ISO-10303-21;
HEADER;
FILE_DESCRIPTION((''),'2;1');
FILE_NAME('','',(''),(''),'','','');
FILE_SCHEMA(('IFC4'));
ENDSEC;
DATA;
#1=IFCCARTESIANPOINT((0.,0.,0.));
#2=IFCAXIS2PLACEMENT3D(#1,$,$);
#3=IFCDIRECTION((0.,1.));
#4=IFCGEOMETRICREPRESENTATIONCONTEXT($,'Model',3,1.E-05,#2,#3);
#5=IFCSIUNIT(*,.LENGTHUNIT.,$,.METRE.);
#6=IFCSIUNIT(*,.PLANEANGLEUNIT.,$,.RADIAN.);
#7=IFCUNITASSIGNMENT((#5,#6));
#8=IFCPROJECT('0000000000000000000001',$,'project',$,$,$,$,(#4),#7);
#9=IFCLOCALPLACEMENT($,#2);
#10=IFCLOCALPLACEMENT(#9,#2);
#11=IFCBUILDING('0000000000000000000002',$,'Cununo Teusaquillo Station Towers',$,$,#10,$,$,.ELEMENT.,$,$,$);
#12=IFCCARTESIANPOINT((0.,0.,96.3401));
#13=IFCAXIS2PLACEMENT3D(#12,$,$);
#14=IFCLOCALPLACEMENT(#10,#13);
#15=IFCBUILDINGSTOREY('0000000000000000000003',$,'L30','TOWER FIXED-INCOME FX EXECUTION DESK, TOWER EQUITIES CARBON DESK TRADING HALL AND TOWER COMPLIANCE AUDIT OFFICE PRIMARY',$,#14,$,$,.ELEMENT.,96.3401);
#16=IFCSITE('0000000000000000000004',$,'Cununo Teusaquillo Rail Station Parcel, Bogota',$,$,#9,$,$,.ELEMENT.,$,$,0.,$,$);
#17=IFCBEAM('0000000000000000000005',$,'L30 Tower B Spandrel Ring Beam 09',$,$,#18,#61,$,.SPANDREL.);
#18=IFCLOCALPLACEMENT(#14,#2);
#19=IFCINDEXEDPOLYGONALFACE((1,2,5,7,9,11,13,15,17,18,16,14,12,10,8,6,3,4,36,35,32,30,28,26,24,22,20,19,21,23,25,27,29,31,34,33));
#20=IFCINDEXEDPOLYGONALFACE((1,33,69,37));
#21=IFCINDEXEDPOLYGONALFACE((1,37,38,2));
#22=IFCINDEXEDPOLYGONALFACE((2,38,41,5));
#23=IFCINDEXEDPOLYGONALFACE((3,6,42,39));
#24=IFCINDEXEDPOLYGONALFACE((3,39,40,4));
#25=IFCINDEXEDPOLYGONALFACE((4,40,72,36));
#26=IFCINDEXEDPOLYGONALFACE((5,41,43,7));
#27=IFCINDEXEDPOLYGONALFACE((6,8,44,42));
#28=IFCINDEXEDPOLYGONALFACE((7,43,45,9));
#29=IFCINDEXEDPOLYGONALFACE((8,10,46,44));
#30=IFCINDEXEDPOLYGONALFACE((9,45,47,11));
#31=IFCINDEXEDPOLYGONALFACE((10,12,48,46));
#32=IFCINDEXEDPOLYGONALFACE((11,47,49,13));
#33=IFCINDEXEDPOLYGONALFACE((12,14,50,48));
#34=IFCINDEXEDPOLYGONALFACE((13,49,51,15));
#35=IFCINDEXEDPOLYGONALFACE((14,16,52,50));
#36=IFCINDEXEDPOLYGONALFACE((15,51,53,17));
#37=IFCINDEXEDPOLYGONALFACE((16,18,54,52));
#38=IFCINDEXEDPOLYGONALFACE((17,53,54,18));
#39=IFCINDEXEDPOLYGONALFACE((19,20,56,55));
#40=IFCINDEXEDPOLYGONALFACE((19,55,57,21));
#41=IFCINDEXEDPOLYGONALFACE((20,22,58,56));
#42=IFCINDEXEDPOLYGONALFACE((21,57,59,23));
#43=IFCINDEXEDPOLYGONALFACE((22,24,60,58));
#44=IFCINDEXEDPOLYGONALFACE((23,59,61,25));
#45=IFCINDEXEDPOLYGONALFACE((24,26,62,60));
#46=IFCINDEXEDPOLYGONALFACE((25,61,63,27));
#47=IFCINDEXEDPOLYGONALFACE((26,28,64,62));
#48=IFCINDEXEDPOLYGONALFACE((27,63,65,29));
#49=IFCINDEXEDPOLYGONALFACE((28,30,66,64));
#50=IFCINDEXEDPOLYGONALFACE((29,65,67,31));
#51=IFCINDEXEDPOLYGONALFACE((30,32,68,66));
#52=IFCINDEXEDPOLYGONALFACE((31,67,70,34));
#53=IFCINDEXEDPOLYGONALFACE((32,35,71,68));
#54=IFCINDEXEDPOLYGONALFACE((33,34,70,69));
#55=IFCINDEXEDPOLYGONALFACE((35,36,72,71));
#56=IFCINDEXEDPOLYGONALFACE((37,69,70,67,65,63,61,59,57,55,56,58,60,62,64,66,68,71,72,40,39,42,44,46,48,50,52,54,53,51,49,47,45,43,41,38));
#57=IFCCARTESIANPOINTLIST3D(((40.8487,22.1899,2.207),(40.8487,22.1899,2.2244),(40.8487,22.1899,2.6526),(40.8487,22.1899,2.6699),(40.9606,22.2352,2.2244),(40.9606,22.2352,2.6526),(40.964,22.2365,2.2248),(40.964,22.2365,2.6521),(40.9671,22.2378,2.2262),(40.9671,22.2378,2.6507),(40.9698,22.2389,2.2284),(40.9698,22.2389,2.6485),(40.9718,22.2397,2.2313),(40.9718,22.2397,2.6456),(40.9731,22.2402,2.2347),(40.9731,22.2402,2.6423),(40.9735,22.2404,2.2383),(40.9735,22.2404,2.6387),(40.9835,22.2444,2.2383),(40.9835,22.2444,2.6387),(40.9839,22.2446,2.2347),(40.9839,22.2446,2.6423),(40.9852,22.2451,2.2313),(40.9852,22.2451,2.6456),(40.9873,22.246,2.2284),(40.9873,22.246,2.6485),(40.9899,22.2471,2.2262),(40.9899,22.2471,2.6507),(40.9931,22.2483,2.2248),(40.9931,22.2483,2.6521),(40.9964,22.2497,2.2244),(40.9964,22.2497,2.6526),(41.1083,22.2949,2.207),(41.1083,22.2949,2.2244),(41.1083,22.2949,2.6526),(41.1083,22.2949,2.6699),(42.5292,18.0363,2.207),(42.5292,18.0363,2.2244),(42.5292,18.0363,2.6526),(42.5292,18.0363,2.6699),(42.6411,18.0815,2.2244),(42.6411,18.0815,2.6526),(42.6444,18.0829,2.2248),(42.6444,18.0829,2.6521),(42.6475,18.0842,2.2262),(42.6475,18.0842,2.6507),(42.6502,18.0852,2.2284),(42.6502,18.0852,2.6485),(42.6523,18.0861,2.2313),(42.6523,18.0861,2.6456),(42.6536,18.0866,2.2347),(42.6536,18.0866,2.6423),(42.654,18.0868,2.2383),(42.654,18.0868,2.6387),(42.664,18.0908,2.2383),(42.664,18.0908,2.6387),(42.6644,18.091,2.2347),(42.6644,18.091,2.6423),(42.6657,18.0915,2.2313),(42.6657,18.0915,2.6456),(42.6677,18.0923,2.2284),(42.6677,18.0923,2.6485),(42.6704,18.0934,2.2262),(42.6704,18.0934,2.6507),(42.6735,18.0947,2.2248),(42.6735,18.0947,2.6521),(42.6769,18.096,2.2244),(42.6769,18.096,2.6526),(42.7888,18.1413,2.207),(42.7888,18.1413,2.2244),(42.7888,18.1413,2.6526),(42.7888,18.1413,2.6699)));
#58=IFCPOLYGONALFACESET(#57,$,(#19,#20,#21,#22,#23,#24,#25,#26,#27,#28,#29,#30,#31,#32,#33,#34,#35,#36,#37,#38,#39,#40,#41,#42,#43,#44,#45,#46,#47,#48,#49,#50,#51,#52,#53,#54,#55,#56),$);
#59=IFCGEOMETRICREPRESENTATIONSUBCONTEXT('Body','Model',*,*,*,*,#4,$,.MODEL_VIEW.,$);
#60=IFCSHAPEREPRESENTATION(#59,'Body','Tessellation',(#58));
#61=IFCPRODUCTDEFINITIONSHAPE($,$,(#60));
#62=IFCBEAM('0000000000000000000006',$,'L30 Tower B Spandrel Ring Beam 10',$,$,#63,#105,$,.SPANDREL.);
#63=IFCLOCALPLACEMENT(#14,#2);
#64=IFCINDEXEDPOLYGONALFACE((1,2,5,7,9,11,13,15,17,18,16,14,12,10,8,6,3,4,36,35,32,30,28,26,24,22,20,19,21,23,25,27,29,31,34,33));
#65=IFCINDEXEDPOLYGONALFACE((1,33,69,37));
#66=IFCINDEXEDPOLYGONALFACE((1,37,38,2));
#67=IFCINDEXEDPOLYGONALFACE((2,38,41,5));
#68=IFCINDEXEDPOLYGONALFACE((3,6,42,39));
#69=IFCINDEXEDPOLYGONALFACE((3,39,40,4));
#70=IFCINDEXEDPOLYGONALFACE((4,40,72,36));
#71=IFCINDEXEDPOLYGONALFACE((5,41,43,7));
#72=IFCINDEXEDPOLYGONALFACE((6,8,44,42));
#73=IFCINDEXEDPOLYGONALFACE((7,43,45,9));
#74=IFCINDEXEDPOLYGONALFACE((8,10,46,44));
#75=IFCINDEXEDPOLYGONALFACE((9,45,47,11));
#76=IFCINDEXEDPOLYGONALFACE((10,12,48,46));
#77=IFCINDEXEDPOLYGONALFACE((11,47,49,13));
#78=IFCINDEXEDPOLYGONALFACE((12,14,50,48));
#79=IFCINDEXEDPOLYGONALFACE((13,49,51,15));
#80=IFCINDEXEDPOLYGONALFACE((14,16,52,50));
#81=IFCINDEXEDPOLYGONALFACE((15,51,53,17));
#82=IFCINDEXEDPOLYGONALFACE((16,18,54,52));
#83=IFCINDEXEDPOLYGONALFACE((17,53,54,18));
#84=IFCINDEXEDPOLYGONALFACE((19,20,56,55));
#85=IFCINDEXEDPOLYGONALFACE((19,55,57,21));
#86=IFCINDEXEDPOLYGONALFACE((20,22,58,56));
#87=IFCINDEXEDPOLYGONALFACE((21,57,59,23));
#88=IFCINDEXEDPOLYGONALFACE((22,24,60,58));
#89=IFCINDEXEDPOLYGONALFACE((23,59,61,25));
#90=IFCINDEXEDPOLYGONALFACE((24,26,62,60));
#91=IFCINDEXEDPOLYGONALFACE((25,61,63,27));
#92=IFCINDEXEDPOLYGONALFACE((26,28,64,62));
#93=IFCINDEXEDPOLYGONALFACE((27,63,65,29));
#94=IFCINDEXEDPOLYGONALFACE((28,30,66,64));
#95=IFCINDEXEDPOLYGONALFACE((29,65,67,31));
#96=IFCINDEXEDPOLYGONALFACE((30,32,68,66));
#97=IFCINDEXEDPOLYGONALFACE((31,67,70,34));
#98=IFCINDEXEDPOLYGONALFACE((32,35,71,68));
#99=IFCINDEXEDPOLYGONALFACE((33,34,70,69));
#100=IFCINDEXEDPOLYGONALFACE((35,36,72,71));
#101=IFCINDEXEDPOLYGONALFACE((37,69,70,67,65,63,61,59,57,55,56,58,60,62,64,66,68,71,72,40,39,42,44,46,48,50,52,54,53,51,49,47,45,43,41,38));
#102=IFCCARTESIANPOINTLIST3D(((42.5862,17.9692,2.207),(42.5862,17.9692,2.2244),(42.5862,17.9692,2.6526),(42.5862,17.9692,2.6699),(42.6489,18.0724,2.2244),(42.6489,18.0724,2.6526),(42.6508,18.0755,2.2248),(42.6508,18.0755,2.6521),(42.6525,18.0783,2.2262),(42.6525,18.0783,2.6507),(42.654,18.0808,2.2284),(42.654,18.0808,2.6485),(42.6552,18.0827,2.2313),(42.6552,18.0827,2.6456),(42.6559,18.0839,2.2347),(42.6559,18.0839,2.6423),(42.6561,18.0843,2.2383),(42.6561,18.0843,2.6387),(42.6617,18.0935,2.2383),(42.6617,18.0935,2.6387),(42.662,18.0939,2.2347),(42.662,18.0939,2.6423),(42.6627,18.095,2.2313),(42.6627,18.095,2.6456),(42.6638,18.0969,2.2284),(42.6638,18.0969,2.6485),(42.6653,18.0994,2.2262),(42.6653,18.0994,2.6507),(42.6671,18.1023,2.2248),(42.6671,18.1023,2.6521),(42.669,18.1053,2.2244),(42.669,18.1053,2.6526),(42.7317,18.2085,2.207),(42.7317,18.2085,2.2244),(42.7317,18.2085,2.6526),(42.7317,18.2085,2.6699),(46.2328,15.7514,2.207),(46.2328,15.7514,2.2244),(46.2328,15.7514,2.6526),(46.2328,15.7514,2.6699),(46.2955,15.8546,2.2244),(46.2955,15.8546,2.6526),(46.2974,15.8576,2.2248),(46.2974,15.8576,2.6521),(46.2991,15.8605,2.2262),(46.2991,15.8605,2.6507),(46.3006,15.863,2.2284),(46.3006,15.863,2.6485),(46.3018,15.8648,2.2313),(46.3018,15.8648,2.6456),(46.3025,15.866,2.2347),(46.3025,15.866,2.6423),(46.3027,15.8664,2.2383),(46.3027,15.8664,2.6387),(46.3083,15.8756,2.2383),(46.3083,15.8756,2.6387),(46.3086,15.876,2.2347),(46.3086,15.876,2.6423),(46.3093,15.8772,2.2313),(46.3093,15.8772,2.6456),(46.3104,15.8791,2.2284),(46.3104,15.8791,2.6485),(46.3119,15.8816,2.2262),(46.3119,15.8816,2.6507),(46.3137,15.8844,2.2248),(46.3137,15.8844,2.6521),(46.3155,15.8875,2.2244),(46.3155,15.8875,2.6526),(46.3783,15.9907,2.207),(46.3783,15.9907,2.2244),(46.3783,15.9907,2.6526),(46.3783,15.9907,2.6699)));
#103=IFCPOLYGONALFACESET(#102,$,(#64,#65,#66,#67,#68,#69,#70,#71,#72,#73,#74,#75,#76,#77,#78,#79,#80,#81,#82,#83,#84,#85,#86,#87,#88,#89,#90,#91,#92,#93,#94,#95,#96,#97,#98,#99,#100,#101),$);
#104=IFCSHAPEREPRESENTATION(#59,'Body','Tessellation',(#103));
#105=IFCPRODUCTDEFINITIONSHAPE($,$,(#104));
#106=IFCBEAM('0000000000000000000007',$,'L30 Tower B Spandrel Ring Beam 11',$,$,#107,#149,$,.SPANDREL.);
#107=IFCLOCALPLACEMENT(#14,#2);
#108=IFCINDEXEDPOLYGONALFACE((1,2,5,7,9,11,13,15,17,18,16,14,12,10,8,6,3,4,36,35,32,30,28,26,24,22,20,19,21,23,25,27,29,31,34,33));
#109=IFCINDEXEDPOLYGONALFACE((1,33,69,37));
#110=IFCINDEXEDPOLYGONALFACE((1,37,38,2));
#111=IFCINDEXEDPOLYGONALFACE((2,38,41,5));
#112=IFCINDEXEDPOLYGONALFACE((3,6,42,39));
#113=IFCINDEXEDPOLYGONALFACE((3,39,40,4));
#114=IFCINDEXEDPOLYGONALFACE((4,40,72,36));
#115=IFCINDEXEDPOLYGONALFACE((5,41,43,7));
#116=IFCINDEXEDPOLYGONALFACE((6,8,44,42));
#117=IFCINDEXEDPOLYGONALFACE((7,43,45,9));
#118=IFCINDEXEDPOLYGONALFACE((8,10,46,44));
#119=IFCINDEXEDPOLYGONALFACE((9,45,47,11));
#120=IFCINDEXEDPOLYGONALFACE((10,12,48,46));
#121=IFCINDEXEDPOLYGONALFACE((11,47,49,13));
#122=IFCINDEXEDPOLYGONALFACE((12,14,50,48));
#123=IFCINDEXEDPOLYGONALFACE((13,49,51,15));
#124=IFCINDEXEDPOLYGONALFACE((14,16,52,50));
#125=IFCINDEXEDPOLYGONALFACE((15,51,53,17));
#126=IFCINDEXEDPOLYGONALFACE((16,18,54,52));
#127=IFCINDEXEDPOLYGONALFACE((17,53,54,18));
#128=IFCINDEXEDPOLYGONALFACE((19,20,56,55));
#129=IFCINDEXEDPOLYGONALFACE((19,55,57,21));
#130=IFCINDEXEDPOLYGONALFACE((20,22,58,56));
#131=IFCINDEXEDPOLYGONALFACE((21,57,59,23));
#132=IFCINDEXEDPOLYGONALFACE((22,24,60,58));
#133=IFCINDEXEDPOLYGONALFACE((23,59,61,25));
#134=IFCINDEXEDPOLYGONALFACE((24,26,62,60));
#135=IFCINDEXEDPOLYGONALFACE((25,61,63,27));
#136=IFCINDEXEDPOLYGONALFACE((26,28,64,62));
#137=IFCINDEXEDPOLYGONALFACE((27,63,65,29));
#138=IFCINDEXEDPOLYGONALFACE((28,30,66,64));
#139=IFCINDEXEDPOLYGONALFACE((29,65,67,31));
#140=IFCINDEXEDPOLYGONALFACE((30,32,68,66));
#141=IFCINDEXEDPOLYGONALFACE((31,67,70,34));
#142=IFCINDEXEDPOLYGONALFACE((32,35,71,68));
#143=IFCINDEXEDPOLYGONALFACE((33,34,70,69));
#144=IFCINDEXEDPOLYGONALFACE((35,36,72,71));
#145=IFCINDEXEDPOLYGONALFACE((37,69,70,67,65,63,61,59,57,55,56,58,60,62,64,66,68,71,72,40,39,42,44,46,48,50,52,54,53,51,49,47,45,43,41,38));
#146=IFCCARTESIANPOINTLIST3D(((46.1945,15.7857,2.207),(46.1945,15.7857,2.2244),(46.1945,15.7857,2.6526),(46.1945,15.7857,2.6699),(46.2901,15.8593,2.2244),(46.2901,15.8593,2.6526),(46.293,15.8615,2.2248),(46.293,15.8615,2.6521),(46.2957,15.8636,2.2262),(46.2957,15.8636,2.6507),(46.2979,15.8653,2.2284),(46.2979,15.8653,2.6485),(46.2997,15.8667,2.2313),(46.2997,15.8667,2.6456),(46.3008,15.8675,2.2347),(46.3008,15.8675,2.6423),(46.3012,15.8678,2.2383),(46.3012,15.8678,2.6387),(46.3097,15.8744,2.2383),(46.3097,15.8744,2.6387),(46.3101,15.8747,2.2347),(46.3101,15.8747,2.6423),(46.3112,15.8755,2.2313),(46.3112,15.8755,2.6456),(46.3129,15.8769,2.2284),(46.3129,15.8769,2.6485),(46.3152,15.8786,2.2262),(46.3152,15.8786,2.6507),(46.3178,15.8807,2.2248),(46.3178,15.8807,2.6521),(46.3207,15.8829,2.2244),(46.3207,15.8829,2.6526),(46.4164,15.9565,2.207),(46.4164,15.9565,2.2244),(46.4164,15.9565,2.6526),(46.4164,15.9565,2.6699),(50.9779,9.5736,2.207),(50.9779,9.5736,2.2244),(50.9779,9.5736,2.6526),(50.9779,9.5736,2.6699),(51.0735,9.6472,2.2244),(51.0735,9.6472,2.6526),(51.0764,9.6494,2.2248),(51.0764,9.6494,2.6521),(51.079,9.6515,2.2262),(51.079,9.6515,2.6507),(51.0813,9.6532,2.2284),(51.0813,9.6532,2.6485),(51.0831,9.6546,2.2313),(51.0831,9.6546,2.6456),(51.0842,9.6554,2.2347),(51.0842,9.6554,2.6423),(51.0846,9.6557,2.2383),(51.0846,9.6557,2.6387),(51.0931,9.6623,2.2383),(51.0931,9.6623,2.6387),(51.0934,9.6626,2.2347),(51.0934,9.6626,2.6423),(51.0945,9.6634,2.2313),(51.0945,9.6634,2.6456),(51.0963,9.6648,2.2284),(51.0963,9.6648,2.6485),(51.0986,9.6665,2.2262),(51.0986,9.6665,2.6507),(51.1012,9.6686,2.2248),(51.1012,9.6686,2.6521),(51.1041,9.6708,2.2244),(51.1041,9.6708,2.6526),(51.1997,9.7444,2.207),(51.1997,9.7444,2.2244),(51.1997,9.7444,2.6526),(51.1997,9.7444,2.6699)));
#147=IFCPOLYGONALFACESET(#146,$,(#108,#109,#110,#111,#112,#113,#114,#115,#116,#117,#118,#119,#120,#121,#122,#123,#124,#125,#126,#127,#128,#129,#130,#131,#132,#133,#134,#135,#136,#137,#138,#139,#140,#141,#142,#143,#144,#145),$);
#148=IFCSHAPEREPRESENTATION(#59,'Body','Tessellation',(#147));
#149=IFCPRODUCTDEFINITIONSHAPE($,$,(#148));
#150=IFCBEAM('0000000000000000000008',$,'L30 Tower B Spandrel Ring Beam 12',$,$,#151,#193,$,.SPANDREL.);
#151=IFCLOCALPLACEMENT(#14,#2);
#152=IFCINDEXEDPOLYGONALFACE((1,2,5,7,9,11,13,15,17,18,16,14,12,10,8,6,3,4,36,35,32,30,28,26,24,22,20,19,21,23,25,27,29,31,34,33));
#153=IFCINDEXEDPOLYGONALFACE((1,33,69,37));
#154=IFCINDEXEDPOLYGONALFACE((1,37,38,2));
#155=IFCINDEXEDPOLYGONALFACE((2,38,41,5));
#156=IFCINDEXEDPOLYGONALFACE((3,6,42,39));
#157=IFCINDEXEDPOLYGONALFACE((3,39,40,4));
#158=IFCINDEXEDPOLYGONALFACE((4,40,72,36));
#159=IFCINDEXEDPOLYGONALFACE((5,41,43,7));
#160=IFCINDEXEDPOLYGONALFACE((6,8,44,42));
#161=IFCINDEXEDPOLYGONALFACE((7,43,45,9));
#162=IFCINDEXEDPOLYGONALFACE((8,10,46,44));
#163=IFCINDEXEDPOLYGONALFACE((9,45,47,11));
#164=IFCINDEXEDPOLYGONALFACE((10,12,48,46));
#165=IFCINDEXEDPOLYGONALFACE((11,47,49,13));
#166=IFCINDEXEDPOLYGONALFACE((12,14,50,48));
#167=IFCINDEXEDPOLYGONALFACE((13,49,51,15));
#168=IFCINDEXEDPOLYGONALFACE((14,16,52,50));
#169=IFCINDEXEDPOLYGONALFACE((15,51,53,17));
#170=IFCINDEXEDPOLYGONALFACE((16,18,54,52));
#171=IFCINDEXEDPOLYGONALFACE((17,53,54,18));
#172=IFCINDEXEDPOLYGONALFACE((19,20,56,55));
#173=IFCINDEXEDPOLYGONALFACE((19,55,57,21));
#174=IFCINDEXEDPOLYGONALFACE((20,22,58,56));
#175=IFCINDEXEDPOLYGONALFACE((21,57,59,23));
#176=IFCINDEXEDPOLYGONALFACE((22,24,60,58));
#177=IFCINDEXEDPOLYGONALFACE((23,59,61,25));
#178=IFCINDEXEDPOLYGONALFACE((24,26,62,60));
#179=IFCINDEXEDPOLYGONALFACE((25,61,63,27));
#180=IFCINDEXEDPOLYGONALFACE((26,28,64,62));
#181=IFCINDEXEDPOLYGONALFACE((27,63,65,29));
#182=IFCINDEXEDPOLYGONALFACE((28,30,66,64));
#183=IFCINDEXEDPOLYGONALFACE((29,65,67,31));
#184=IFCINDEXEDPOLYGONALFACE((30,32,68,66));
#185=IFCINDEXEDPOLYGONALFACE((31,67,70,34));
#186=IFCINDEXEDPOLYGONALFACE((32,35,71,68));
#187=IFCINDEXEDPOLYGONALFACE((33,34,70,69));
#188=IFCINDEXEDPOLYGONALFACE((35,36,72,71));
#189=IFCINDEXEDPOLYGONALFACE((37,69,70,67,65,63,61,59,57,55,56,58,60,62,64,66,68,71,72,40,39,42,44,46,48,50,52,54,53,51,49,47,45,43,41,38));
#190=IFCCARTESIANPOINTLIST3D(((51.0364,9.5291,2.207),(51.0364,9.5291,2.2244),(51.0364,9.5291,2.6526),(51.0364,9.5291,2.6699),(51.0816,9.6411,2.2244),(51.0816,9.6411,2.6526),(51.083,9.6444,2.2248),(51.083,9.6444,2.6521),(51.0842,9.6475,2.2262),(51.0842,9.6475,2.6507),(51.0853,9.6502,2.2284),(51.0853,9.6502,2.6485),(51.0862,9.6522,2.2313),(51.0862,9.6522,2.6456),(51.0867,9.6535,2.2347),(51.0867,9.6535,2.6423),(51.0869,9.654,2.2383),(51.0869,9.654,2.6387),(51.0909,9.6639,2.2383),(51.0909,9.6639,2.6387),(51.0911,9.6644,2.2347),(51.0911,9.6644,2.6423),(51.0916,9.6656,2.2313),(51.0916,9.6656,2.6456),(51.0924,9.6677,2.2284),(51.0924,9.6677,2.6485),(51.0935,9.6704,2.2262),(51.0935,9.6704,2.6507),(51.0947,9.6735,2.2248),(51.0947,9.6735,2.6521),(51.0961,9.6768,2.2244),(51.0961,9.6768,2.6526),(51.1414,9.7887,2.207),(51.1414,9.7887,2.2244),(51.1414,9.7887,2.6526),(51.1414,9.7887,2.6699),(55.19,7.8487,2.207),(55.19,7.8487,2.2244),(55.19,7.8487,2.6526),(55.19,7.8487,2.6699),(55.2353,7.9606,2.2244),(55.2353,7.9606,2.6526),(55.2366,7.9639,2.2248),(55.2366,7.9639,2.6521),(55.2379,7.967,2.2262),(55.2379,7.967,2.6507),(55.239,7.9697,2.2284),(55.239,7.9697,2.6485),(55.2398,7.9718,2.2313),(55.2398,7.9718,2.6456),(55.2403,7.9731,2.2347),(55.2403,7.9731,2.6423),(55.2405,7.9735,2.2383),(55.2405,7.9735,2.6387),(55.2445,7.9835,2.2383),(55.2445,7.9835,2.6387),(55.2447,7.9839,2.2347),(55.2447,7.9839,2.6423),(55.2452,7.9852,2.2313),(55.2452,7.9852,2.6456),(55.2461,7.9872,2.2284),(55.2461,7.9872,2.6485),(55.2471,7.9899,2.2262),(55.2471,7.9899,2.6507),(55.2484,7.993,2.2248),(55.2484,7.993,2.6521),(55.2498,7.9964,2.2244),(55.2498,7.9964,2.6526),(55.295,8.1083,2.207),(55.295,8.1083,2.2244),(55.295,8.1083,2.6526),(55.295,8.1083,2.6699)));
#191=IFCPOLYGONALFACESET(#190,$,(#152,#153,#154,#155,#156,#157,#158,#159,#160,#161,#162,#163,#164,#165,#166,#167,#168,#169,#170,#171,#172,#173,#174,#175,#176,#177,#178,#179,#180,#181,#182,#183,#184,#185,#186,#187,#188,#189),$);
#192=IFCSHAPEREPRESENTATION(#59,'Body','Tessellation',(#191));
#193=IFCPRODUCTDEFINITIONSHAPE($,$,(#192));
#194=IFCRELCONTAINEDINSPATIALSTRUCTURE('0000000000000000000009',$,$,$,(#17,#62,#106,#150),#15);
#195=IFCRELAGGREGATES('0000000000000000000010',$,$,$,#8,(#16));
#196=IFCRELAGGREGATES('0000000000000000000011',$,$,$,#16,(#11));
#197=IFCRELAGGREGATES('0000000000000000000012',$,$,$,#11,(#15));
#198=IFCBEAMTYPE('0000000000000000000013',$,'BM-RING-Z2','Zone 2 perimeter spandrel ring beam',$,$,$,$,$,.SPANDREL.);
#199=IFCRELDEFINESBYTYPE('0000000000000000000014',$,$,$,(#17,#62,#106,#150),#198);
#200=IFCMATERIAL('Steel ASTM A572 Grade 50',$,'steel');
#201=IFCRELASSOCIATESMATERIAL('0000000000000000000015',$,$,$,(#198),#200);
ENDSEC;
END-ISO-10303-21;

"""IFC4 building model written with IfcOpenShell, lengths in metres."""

from ifc_helpers import new_model, si_unit, direction, frame, origin, origin_2d, place, context, subcontext, project, spatial, i_section, extrude, material, material_profile, profile_set, type_object, element, save


model = new_model("IFC4")

# Units and contexts
model_context = context("Model", 3, precision=1e-05, world=origin(), true_north=direction((0.0, 1.0)))
body_context = subcontext(model_context, "Body", "Model", "MODEL_VIEW")
ifc_project = project(units=[si_unit("LENGTHUNIT", "METRE"), si_unit("PLANEANGLEUNIT", "RADIAN")], contexts=[model_context])

# Site, building, storey
site_placement = place(None, origin())
site = spatial("IfcSite", under=ifc_project, at=site_placement, Name="Cununo Teusaquillo Rail Station Parcel, Bogota", CompositionType="ELEMENT", RefElevation=0.0)
building_placement = place(site_placement, origin())
building = spatial("IfcBuilding", under=site, at=building_placement, Name="Cununo Teusaquillo Station Towers", CompositionType="ELEMENT")
storey_placement = place(building_placement, frame((0.0, 0.0, 96.3401)))
storey = spatial("IfcBuildingStorey", under=building, at=storey_placement, Name="L30", Description="TOWER FIXED-INCOME FX EXECUTION DESK, TOWER EQUITIES CARBON DESK TRADING HALL AND TOWER COMPLIANCE AUDIT OFFICE PRIMARY", CompositionType="ELEMENT", Elevation=96.3401)

# Beams
ifc_material_1 = material(Name="Steel ASTM A572 Grade 50", Category="steel")
ifc_material_profile_1 = material_profile(ifc_material_1, i_section(OverallWidth=0.28, OverallDepth=0.4629, WebThickness=0.0107, FlangeThickness=0.0173, FilletRadius=0.0139, at=origin_2d()), Name="W18X76")
ifc_profile_set_1 = profile_set([ifc_material_profile_1], Name="Steel ASTM A572 Grade 50")
beam_type_1 = type_object("IfcBeamType", Name="BM-RING-Z2", Description="Zone 2 perimeter spandrel ring beam", PredefinedType="SPANDREL", material=ifc_profile_set_1)
beam_1_placement = place(storey_placement, frame((40.9785, 22.2424, 2.4385), z_axis=(0.375042, -0.927008, 0.0), x_axis=(0.927008, 0.375042, 0.0)))
element("IfcBeam", 1, at=beam_1_placement, inside=storey, type_object=beam_type_1, Name="L30 Tower B Spandrel Ring Beam 09", PredefinedType="SPANDREL", context=body_context, shape_type="SweptSolid", body=[
    extrude(i_section(OverallWidth=0.28, OverallDepth=0.4629, WebThickness=0.0107, FlangeThickness=0.0173, FilletRadius=0.0139, at=origin_2d()), origin(), (0.0, 0.0, 1.0), 4.4807),
])
beam_2_placement = place(storey_placement, frame((42.6589, 18.0889, 2.4385), z_axis=(0.854388, -0.519635, 0.0), x_axis=(0.519635, 0.854388, 0.0)))
element("IfcBeam", 2, at=beam_2_placement, inside=storey, type_object=beam_type_1, Name="L30 Tower B Spandrel Ring Beam 10", PredefinedType="SPANDREL", context=body_context, shape_type="SweptSolid", body=[
    extrude(i_section(OverallWidth=0.28, OverallDepth=0.4629, WebThickness=0.0107, FlangeThickness=0.0173, FilletRadius=0.0139, at=origin_2d()), origin(), (0.0, 0.0, 1.0), 4.2681),
])
beam_3_placement = place(storey_placement, frame((46.3054, 15.8711, 2.4385), z_axis=(0.6101, -0.792324, 0.0), x_axis=(0.792324, 0.6101, 0.0)))
element("IfcBeam", 3, at=beam_3_placement, inside=storey, type_object=beam_type_1, Name="L30 Tower B Spandrel Ring Beam 11", PredefinedType="SPANDREL", context=body_context, shape_type="SweptSolid", body=[
    extrude(i_section(OverallWidth=0.28, OverallDepth=0.4629, WebThickness=0.0107, FlangeThickness=0.0173, FilletRadius=0.0139, at=origin_2d()), origin(), (0.0, 0.0, 1.0), 7.8403),
])
beam_4_placement = place(storey_placement, frame((51.0889, 9.6589, 2.4385), z_axis=(0.927008, -0.375042, 0.0), x_axis=(0.375042, 0.927008, 0.0)))
element("IfcBeam", 4, at=beam_4_placement, inside=storey, type_object=beam_type_1, Name="L30 Tower B Spandrel Ring Beam 12", PredefinedType="SPANDREL", context=body_context, shape_type="SweptSolid", body=[
    extrude(i_section(OverallWidth=0.28, OverallDepth=0.4629, WebThickness=0.0107, FlangeThickness=0.0173, FilletRadius=0.0139, at=origin_2d()), origin(), (0.0, 0.0, 1.0), 4.4807),
])

save(model, "model.ifc")
